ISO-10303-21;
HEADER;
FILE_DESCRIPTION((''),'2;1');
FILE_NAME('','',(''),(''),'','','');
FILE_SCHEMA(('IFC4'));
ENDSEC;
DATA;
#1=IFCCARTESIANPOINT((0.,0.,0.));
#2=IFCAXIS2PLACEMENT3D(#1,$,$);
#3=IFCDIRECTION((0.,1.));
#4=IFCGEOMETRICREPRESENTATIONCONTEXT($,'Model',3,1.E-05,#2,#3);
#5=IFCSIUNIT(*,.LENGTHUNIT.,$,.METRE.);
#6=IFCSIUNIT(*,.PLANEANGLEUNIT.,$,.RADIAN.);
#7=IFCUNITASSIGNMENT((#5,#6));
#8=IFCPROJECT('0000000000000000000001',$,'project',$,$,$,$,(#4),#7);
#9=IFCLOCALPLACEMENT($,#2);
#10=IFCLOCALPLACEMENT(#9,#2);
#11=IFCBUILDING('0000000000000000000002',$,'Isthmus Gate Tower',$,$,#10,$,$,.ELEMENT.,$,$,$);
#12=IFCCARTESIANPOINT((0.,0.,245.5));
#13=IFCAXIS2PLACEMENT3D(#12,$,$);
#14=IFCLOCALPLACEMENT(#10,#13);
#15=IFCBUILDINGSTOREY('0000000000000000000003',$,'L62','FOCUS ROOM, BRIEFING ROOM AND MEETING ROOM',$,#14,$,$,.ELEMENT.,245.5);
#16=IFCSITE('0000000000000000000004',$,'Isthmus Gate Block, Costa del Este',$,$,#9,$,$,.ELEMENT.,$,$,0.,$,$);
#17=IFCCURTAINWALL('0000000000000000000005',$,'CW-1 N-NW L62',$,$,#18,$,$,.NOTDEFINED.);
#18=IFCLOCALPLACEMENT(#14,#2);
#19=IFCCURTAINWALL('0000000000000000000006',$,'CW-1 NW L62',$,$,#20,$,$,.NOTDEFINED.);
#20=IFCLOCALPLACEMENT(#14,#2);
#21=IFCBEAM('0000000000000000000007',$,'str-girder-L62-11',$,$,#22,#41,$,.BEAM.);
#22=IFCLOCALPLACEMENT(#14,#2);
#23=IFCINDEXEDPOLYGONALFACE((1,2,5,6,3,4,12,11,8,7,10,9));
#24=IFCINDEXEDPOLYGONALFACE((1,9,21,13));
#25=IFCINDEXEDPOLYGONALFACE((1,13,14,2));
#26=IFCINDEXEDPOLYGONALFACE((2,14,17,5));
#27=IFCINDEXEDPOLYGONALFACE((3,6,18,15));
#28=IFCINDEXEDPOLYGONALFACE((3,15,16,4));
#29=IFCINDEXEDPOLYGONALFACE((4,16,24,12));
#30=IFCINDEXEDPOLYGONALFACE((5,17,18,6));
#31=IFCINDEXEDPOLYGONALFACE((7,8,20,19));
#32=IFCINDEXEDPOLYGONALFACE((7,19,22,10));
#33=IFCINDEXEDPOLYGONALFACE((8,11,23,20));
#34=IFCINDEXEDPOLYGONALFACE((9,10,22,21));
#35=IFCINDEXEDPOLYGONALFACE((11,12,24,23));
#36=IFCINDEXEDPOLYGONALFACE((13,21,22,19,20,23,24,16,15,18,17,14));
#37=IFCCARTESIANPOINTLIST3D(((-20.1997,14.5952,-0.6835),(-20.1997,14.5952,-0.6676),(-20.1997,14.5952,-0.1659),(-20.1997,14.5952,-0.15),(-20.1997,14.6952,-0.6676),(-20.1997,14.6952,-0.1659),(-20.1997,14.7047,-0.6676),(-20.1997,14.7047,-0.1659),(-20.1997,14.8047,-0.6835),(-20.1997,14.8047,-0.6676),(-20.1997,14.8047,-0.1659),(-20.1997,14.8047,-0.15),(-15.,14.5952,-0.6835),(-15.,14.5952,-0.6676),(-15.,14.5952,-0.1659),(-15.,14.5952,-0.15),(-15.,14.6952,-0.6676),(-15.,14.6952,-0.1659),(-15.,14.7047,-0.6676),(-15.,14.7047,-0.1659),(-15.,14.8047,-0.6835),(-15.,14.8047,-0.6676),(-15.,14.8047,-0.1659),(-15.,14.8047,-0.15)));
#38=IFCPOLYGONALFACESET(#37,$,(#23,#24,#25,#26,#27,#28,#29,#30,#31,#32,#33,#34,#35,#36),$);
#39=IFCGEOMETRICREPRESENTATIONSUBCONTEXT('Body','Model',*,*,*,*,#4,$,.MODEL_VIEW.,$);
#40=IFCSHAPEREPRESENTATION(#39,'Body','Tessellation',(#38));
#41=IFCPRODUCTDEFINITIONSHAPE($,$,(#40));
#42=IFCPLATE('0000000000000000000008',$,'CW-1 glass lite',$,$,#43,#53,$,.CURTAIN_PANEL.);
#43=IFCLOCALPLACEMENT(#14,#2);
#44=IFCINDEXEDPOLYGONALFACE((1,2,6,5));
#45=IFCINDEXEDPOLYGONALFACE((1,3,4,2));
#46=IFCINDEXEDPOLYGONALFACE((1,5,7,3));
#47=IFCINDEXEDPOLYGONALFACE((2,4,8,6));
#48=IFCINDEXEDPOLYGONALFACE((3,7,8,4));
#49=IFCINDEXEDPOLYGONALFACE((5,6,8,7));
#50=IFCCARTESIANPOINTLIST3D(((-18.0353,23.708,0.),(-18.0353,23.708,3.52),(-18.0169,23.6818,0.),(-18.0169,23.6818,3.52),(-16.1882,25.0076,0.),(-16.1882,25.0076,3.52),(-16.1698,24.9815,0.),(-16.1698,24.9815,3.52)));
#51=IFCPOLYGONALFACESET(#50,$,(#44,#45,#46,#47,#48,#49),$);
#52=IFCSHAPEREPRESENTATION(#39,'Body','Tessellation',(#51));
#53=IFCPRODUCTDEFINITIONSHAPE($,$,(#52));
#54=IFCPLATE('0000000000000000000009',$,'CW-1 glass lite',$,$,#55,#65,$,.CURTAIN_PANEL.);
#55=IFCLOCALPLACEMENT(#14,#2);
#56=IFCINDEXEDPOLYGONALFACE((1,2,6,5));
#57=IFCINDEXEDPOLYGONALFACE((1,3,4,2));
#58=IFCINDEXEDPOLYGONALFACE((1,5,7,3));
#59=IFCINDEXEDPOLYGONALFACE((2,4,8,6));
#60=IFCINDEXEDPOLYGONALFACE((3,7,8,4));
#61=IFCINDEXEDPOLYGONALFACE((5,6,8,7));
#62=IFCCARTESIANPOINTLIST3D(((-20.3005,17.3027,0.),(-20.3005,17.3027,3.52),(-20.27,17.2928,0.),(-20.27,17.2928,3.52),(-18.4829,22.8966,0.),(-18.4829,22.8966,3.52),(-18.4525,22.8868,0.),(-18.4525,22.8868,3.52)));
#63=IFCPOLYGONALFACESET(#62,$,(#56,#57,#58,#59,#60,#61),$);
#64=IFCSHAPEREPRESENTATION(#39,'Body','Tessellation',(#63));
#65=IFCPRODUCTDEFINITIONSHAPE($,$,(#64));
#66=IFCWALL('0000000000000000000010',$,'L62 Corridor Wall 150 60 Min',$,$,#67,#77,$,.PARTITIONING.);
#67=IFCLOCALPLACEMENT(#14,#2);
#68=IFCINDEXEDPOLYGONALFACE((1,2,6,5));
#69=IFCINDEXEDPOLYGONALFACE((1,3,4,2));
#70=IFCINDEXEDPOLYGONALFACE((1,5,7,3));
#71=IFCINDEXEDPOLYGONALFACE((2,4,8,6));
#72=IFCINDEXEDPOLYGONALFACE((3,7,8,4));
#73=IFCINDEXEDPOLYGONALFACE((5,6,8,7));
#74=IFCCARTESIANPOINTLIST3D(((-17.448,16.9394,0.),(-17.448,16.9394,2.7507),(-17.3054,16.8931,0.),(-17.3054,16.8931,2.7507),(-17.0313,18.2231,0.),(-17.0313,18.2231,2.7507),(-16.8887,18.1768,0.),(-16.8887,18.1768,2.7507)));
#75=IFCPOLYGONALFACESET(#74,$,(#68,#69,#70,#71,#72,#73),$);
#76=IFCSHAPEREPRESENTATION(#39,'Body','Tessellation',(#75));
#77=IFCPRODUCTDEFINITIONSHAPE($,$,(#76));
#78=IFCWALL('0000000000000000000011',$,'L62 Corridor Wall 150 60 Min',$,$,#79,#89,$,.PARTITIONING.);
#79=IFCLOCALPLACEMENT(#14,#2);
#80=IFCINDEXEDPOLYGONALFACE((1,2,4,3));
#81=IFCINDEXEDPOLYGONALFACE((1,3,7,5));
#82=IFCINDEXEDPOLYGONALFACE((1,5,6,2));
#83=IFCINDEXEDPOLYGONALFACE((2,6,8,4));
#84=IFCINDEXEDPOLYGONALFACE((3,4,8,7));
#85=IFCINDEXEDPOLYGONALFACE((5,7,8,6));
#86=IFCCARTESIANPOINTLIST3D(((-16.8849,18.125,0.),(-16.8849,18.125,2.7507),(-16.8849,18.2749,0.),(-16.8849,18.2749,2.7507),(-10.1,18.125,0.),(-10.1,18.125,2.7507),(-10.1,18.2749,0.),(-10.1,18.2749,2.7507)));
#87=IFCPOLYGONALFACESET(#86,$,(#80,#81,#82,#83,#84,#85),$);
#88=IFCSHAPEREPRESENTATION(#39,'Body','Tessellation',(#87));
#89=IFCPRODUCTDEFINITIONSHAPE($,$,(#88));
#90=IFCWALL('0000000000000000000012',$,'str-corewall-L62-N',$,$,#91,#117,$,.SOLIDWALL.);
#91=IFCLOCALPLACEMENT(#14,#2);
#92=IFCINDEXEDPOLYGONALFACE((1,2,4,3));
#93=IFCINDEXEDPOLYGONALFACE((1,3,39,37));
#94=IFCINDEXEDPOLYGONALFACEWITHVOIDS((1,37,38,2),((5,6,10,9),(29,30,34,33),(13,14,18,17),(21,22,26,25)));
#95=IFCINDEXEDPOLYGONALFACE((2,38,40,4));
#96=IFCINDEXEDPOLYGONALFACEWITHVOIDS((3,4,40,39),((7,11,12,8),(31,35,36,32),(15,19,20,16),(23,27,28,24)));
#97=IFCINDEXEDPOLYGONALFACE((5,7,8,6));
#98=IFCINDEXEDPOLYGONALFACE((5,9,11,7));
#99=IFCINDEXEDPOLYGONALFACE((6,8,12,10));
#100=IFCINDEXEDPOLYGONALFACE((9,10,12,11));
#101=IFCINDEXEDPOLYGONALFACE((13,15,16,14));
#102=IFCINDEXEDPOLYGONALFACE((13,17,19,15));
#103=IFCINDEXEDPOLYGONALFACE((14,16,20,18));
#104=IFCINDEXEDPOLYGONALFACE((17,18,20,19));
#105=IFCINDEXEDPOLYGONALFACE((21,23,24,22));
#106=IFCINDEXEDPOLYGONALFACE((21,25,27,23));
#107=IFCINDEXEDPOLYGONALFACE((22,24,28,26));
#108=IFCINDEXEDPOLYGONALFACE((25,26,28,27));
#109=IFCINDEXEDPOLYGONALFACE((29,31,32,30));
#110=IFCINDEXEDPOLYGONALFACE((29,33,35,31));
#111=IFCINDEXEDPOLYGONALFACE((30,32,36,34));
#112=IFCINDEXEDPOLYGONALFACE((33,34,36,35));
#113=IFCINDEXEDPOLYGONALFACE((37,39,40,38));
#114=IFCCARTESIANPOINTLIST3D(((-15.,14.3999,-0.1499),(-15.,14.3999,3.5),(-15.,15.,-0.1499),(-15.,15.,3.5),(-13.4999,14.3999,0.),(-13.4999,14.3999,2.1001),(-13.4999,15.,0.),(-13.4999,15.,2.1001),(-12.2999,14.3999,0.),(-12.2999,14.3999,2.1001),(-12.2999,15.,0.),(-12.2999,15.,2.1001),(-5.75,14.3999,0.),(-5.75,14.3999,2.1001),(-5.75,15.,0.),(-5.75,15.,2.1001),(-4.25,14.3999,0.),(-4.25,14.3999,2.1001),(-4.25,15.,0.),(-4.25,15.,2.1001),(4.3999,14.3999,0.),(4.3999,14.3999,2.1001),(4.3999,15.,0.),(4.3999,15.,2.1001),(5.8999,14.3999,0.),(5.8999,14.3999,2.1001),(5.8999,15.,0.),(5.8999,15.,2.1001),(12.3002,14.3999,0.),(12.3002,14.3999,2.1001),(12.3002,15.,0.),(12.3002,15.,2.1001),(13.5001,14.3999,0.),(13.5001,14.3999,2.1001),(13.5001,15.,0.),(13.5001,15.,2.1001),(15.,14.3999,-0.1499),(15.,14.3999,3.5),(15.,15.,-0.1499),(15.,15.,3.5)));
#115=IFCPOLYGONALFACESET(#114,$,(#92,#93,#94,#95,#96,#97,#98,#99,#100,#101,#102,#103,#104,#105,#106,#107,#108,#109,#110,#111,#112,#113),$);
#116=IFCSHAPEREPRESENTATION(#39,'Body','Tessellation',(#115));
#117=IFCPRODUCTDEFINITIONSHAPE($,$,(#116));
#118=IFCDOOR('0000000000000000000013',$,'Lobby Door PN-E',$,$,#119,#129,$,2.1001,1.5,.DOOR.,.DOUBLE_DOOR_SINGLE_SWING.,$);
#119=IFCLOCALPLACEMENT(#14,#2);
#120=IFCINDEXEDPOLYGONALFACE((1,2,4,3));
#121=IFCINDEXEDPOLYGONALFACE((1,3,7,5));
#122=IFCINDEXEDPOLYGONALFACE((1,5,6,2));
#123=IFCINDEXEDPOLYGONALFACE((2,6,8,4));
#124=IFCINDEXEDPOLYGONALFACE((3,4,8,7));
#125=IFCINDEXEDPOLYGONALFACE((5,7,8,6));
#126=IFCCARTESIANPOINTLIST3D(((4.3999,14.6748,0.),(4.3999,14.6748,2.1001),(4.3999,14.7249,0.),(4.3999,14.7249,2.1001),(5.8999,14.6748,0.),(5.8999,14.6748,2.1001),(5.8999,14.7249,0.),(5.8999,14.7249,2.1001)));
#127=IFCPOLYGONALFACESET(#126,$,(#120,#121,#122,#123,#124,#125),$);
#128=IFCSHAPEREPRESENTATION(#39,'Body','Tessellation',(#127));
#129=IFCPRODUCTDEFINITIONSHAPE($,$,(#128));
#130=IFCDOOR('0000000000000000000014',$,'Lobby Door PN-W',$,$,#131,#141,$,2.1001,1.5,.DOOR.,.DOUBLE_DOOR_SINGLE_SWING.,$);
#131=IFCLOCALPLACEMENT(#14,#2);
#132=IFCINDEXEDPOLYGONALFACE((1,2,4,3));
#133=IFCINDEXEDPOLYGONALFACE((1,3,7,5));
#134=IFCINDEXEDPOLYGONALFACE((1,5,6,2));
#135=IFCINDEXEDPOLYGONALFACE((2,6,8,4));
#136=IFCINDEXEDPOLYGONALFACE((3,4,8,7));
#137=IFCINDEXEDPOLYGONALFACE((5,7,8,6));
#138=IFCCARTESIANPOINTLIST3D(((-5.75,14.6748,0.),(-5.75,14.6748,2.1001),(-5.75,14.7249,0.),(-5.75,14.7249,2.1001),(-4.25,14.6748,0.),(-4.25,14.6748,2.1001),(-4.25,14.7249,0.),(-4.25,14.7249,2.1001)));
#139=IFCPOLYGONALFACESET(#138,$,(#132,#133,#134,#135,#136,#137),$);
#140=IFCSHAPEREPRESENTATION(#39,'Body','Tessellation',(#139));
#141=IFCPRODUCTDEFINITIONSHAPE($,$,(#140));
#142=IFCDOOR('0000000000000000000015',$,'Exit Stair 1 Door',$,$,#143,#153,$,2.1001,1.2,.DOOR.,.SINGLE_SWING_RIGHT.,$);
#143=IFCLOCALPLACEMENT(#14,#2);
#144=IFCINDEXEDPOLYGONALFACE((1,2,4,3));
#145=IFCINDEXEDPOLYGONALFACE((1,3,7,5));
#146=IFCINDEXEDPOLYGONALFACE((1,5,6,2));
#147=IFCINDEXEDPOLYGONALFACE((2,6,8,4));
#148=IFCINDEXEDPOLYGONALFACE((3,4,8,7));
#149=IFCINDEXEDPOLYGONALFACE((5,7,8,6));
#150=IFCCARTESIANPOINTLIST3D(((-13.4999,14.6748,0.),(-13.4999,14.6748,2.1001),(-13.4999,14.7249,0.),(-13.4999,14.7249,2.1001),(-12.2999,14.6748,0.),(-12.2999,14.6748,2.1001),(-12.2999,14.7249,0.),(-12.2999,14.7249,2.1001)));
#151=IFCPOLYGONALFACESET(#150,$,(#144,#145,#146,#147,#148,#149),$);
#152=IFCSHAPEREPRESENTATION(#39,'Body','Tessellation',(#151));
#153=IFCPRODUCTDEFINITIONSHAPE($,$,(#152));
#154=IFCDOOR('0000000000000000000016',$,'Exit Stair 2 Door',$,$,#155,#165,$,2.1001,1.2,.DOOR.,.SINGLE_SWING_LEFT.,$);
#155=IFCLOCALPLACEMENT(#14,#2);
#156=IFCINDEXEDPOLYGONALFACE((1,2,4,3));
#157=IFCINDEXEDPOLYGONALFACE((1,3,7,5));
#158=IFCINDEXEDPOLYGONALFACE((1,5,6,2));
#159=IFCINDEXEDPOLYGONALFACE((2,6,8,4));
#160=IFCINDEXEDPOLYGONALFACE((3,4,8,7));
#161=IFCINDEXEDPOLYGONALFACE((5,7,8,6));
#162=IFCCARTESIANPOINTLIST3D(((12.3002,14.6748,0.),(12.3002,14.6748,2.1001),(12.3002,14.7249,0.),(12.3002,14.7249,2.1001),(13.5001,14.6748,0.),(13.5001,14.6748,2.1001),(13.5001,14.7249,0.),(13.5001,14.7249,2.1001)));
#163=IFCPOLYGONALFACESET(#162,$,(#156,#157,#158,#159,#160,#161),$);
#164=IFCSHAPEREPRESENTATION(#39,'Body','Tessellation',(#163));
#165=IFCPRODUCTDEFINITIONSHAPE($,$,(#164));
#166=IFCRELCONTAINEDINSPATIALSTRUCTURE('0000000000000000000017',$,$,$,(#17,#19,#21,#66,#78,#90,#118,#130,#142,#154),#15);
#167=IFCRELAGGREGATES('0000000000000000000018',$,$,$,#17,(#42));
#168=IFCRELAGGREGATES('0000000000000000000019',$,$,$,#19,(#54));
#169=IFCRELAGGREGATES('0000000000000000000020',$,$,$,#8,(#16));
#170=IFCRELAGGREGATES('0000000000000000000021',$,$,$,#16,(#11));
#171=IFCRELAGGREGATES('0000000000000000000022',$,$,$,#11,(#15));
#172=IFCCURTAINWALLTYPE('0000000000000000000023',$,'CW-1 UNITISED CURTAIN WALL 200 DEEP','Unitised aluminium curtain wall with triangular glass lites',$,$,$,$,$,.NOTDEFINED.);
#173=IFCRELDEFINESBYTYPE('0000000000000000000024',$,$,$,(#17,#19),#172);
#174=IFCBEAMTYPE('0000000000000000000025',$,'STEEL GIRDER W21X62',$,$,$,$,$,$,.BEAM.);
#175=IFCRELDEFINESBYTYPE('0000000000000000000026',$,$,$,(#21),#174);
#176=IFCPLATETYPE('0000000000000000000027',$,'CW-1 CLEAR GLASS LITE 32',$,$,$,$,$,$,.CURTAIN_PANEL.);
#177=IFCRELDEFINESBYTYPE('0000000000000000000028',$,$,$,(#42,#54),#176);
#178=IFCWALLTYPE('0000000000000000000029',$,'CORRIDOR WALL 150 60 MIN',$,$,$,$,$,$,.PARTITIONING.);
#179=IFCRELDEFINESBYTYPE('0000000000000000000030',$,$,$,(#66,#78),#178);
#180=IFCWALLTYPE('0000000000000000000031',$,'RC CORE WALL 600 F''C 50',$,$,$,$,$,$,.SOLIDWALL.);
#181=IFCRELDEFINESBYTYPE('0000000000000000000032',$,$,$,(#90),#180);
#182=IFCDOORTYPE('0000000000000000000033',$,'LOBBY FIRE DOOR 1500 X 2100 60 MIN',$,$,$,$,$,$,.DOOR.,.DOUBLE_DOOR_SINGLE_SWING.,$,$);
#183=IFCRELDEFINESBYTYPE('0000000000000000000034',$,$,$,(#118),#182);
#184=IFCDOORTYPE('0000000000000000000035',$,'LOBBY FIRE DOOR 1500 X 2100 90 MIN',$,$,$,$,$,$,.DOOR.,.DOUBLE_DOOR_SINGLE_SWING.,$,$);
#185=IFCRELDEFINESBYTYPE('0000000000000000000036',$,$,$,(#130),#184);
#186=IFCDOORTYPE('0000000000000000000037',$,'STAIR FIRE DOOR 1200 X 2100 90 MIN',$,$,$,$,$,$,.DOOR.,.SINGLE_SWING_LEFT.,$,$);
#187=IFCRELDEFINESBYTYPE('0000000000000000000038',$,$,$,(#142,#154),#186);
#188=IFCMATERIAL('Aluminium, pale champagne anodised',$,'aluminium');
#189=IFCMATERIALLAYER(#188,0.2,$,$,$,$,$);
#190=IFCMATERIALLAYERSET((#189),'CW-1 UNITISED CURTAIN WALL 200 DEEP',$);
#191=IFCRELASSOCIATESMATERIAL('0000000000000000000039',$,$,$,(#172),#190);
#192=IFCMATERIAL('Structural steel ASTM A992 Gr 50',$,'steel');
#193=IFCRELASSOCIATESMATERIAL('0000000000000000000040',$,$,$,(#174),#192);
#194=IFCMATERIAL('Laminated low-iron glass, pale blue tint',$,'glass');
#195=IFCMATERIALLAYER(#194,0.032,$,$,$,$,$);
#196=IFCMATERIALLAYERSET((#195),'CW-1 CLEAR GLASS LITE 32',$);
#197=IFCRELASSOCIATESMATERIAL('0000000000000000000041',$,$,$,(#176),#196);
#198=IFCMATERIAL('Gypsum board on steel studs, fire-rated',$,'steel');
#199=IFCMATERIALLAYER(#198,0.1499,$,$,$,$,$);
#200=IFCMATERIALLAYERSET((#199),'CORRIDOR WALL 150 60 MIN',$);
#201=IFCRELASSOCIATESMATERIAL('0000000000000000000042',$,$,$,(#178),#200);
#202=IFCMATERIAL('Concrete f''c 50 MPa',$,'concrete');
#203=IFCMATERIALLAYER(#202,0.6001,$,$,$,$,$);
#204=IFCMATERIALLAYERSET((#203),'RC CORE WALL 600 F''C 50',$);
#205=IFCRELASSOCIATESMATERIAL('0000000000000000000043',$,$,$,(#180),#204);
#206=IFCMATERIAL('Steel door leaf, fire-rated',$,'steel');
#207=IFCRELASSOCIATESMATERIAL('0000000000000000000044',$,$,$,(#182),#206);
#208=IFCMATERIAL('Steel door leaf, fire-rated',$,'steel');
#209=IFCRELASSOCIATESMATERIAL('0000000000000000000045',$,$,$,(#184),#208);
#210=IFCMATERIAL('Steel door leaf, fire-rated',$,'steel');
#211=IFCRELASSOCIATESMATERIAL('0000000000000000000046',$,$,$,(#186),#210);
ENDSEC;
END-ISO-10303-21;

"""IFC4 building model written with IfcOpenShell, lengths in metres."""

from ifc_helpers import new_model, si_unit, direction, frame, frame_2d, origin, origin_2d, place, context, subcontext, project, spatial, rectangle, i_section, extrude, material, layer, layer_set, material_profile, profile_set, type_object, element, fill, aggregate, save


model = new_model("IFC4")

# Units and contexts
model_context = context("Model", 3, precision=1e-05, world=origin(), true_north=direction((0.0, 1.0)))
body_context = subcontext(model_context, "Body", "Model", "MODEL_VIEW")
ifc_project = project(units=[si_unit("LENGTHUNIT", "METRE"), si_unit("PLANEANGLEUNIT", "RADIAN")], contexts=[model_context])

# Site, building, storey
site_placement = place(None, origin())
site = spatial("IfcSite", under=ifc_project, at=site_placement, Name="Isthmus Gate Block, Costa del Este", CompositionType="ELEMENT", RefElevation=0.0)
building_placement = place(site_placement, origin())
building = spatial("IfcBuilding", under=site, at=building_placement, Name="Isthmus Gate Tower", CompositionType="ELEMENT")
storey_placement = place(building_placement, frame((0.0, 0.0, 245.5)))
storey = spatial("IfcBuildingStorey", under=building, at=storey_placement, Name="L62", Description="FOCUS ROOM, BRIEFING ROOM AND MEETING ROOM", CompositionType="ELEMENT", Elevation=245.5)

# Curtain walls
ifc_material_1 = material(Name="Aluminium, pale champagne anodised", Category="aluminium")
ifc_layer_1 = layer(ifc_material_1, 0.2)
ifc_layer_set_1 = layer_set([ifc_layer_1], Name="CW-1 UNITISED CURTAIN WALL 200 DEEP")
curtain_wall_type = type_object("IfcCurtainWallType", Name="CW-1 UNITISED CURTAIN WALL 200 DEEP", Description="Unitised aluminium curtain wall with triangular glass lites", PredefinedType="NOTDEFINED", material=ifc_layer_set_1)
curtain_wall_1_placement = place(storey_placement, origin())
curtain_wall_1 = element("IfcCurtainWall", 1, at=curtain_wall_1_placement, inside=storey, type_object=curtain_wall_type, Name="CW-1 N-NW L62", PredefinedType="NOTDEFINED")
curtain_wall_2_placement = place(storey_placement, origin())
curtain_wall_2 = element("IfcCurtainWall", 2, at=curtain_wall_2_placement, inside=storey, type_object=curtain_wall_type, Name="CW-1 NW L62", PredefinedType="NOTDEFINED")

# Beam
ifc_material_2 = material(Name="Structural steel ASTM A992 Gr 50", Category="steel")
ifc_material_profile_1 = material_profile(ifc_material_2, i_section(OverallWidth=0.2095, OverallDepth=0.5334, WebThickness=0.0095, FlangeThickness=0.0159, at=origin_2d()), Name="W21X62")
ifc_profile_set_1 = profile_set([ifc_material_profile_1], Name="Structural steel ASTM A992 Gr 50")
beam_type_1 = type_object("IfcBeamType", Name="STEEL GIRDER W21X62", PredefinedType="BEAM", material=ifc_profile_set_1)
beam_1_placement = place(storey_placement, frame((-15.0, 14.7, -0.4167), z_axis=(-1.0, 0.0, 0.0), x_axis=(0.0, -1.0, 0.0)))
element("IfcBeam", 3, at=beam_1_placement, inside=storey, type_object=beam_type_1, Name="str-girder-L62-11", PredefinedType="BEAM", context=body_context, shape_type="SweptSolid", body=[
    extrude(i_section(OverallWidth=0.2095, OverallDepth=0.5334, WebThickness=0.0095, FlangeThickness=0.0159, at=origin_2d()), origin(), (0.0, 0.0, 1.0), 5.1997),
])

# Plates
ifc_material_3 = material(Name="Laminated low-iron glass, pale blue tint", Category="glass")
ifc_layer_2 = layer(ifc_material_3, 0.032)
ifc_layer_set_2 = layer_set([ifc_layer_2], Name="CW-1 CLEAR GLASS LITE 32")
plate_type = type_object("IfcPlateType", Name="CW-1 CLEAR GLASS LITE 32", PredefinedType="CURTAIN_PANEL", material=ifc_layer_set_2)
plate_1_placement = place(storey_placement, frame((-17.1025, 24.3447, 0.0), z_axis=(0.0, 0.0, 1.0), x_axis=(-0.81786, -0.575418, 0.0)))
plate_1 = element("IfcPlate", 4, at=plate_1_placement, type_object=plate_type, Name="CW-1 glass lite", PredefinedType="CURTAIN_PANEL", context=body_context, shape_type="SweptSolid", body=[
    extrude(rectangle(XDim=2.2585, YDim=0.032, at=origin_2d()), origin(), (0.0, 0.0, 1.0), 3.52),
])
aggregate(curtain_wall_1, [plate_1])
plate_2_placement = place(storey_placement, frame((-19.3765, 20.0947, 0.0), z_axis=(0.0, 0.0, 1.0), x_axis=(-0.309017, -0.951057, 0.0)))
plate_2 = element("IfcPlate", 5, at=plate_2_placement, type_object=plate_type, Name="CW-1 glass lite", PredefinedType="CURTAIN_PANEL", context=body_context, shape_type="SweptSolid", body=[
    extrude(rectangle(XDim=5.8818, YDim=0.032, at=origin_2d()), origin(), (0.0, 0.0, 1.0), 3.52),
])

# Walls
ifc_material_4 = material(Name="Gypsum board on steel studs, fire-rated", Category="steel")
ifc_layer_3 = layer(ifc_material_4, 0.1499)
ifc_layer_set_3 = layer_set([ifc_layer_3], Name="CORRIDOR WALL 150 60 MIN")
wall_type_1 = type_object("IfcWallType", Name="CORRIDOR WALL 150 60 MIN", PredefinedType="PARTITIONING", material=ifc_layer_set_3)
wall_1_placement = place(storey_placement, frame((-17.3767, 16.9163, 0.0), z_axis=(0.0, 0.0, 1.0), x_axis=(0.308783, 0.951132, 0.0)))
element("IfcWall", 6, at=wall_1_placement, inside=storey, type_object=wall_type_1, Name="L62 Corridor Wall 150 60 Min", PredefinedType="PARTITIONING", context=body_context, shape_type="SweptSolid", body=[
    extrude(rectangle(XDim=1.3496, YDim=0.1499, at=frame_2d((0.6748, 0.0))), origin(), (0.0, 0.0, 1.0), 2.7507),
])
wall_2_placement = place(storey_placement, frame((-16.885, 18.2, 0.0), z_axis=(0.0, 0.0, 1.0), x_axis=(1.0, 0.0, 0.0)))
element("IfcWall", 7, at=wall_2_placement, inside=storey, type_object=wall_type_1, Name="L62 Corridor Wall 150 60 Min", PredefinedType="PARTITIONING", context=body_context, shape_type="SweptSolid", body=[
    extrude(rectangle(XDim=6.7849, YDim=0.1499, at=frame_2d((3.3926, 0.0))), origin(), (0.0, 0.0, 1.0), 2.7507),
])

# Wall, openings, doors
ifc_material_5 = material(Name="Concrete f'c 50 MPa", Category="concrete")
ifc_layer_4 = layer(ifc_material_5, 0.6001)
ifc_layer_set_4 = layer_set([ifc_layer_4], Name="RC CORE WALL 600 F'C 50")
wall_type_2 = type_object("IfcWallType", Name="RC CORE WALL 600 F'C 50", PredefinedType="SOLIDWALL", material=ifc_layer_set_4)
wall_3_placement = place(storey_placement, frame((-15.0, 14.7, -0.1499), z_axis=(0.0, 0.0, 1.0), x_axis=(1.0, 0.0, 0.0)))
wall_3 = element("IfcWall", 8, at=wall_3_placement, inside=storey, type_object=wall_type_2, Name="str-corewall-L62-N", PredefinedType="SOLIDWALL", context=body_context, shape_type="SweptSolid", body=[
    extrude(rectangle(XDim=30.0, YDim=0.6001, at=frame_2d((15.0, 0.0))), origin(), (0.0, 0.0, 1.0), 3.6499),
])
opening_1_placement = place(wall_3_placement, frame((9.25, 0.0, 0.1499)))
opening_1 = element("IfcOpeningElement", 9, at=opening_1_placement, cuts=wall_3, PredefinedType="OPENING", context=body_context, shape_type="SweptSolid", body=[
    extrude(rectangle(XDim=1.5, YDim=2.1001, at=frame_2d((0.75, 1.05))), frame((0.0, 0.3101, 0.0), z_axis=(0.0, -1.0, 0.0), x_axis=(1.0, 0.0, 0.0)), (0.0, 0.0, 1.0), 0.6201),
])
opening_2_placement = place(wall_3_placement, frame((19.3999, 0.0, 0.1499)))
opening_2 = element("IfcOpeningElement", 10, at=opening_2_placement, cuts=wall_3, PredefinedType="OPENING", context=body_context, shape_type="SweptSolid", body=[
    extrude(rectangle(XDim=1.5, YDim=2.1001, at=frame_2d((0.75, 1.05))), frame((0.0, 0.3101, 0.0), z_axis=(0.0, -1.0, 0.0), x_axis=(1.0, 0.0, 0.0)), (0.0, 0.0, 1.0), 0.6201),
])
opening_3_placement = place(wall_3_placement, frame((1.5, 0.0, 0.1499)))
opening_3 = element("IfcOpeningElement", 11, at=opening_3_placement, cuts=wall_3, PredefinedType="OPENING", context=body_context, shape_type="SweptSolid", body=[
    extrude(rectangle(XDim=1.2, YDim=2.1001, at=frame_2d((0.6001, 1.05))), frame((0.0, 0.3101, 0.0), z_axis=(0.0, -1.0, 0.0), x_axis=(1.0, 0.0, 0.0)), (0.0, 0.0, 1.0), 0.6201),
])
opening_4_placement = place(wall_3_placement, frame((27.3, 0.0, 0.1499)))
opening_4 = element("IfcOpeningElement", 12, at=opening_4_placement, cuts=wall_3, PredefinedType="OPENING", context=body_context, shape_type="SweptSolid", body=[
    extrude(rectangle(XDim=1.2, YDim=2.1001, at=frame_2d((0.6001, 1.05))), frame((0.0, 0.3101, 0.0), z_axis=(0.0, -1.0, 0.0), x_axis=(1.0, 0.0, 0.0)), (0.0, 0.0, 1.0), 0.6201),
])
ifc_material_6 = material(Name="Steel door leaf, fire-rated", Category="steel")
door_type_1 = type_object("IfcDoorType", Name="LOBBY FIRE DOOR 1500 X 2100 60 MIN", OperationType="DOUBLE_DOOR_SINGLE_SWING", PredefinedType="DOOR", material=ifc_material_6)
door_1_placement = place(opening_2_placement, origin())
door_1 = element("IfcDoor", 13, at=door_1_placement, inside=storey, type_object=door_type_1, Name="Lobby Door PN-E", OperationType="DOUBLE_DOOR_SINGLE_SWING", OverallHeight=2.1001, OverallWidth=1.5, PredefinedType="DOOR", context=body_context, shape_type="SweptSolid", body=[
    extrude(rectangle(XDim=1.5, YDim=2.1001, at=frame_2d((0.75, 1.05))), frame((0.0, 0.0249, 0.0), z_axis=(0.0, -1.0, 0.0), x_axis=(1.0, 0.0, 0.0)), (0.0, 0.0, 1.0), 0.05),
])
fill(opening_2, door_1)
ifc_material_7 = material(Name="Steel door leaf, fire-rated", Category="steel")
door_type_2 = type_object("IfcDoorType", Name="LOBBY FIRE DOOR 1500 X 2100 90 MIN", OperationType="DOUBLE_DOOR_SINGLE_SWING", PredefinedType="DOOR", material=ifc_material_7)
door_2_placement = place(opening_1_placement, origin())
door_2 = element("IfcDoor", 14, at=door_2_placement, inside=storey, type_object=door_type_2, Name="Lobby Door PN-W", OperationType="DOUBLE_DOOR_SINGLE_SWING", OverallHeight=2.1001, OverallWidth=1.5, PredefinedType="DOOR", context=body_context, shape_type="SweptSolid", body=[
    extrude(rectangle(XDim=1.5, YDim=2.1001, at=frame_2d((0.75, 1.05))), frame((0.0, 0.0249, 0.0), z_axis=(0.0, -1.0, 0.0), x_axis=(1.0, 0.0, 0.0)), (0.0, 0.0, 1.0), 0.05),
])
fill(opening_1, door_2)
ifc_material_8 = material(Name="Steel door leaf, fire-rated", Category="steel")
door_type_3 = type_object("IfcDoorType", Name="STAIR FIRE DOOR 1200 X 2100 90 MIN", OperationType="SINGLE_SWING_LEFT", PredefinedType="DOOR", material=ifc_material_8)
door_3_placement = place(opening_3_placement, origin())
door_3 = element("IfcDoor", 15, at=door_3_placement, inside=storey, type_object=door_type_3, Name="Exit Stair 1 Door", OperationType="SINGLE_SWING_RIGHT", OverallHeight=2.1001, OverallWidth=1.2, PredefinedType="DOOR", context=body_context, shape_type="SweptSolid", body=[
    extrude(rectangle(XDim=1.2, YDim=2.1001, at=frame_2d((0.6001, 1.05))), frame((0.0, 0.0249, 0.0), z_axis=(0.0, -1.0, 0.0), x_axis=(1.0, 0.0, 0.0)), (0.0, 0.0, 1.0), 0.05),
])
fill(opening_3, door_3)
door_4_placement = place(opening_4_placement, origin())
door_4 = element("IfcDoor", 16, at=door_4_placement, inside=storey, type_object=door_type_3, Name="Exit Stair 2 Door", OperationType="SINGLE_SWING_LEFT", OverallHeight=2.1001, OverallWidth=1.2, PredefinedType="DOOR", context=body_context, shape_type="SweptSolid", body=[
    extrude(rectangle(XDim=1.2, YDim=2.1001, at=frame_2d((0.6001, 1.05))), frame((0.0, 0.0249, 0.0), z_axis=(0.0, -1.0, 0.0), x_axis=(1.0, 0.0, 0.0)), (0.0, 0.0, 1.0), 0.05),
])
fill(opening_4, door_4)

aggregate(curtain_wall_2, [plate_2])

save(model, "model.ifc")
